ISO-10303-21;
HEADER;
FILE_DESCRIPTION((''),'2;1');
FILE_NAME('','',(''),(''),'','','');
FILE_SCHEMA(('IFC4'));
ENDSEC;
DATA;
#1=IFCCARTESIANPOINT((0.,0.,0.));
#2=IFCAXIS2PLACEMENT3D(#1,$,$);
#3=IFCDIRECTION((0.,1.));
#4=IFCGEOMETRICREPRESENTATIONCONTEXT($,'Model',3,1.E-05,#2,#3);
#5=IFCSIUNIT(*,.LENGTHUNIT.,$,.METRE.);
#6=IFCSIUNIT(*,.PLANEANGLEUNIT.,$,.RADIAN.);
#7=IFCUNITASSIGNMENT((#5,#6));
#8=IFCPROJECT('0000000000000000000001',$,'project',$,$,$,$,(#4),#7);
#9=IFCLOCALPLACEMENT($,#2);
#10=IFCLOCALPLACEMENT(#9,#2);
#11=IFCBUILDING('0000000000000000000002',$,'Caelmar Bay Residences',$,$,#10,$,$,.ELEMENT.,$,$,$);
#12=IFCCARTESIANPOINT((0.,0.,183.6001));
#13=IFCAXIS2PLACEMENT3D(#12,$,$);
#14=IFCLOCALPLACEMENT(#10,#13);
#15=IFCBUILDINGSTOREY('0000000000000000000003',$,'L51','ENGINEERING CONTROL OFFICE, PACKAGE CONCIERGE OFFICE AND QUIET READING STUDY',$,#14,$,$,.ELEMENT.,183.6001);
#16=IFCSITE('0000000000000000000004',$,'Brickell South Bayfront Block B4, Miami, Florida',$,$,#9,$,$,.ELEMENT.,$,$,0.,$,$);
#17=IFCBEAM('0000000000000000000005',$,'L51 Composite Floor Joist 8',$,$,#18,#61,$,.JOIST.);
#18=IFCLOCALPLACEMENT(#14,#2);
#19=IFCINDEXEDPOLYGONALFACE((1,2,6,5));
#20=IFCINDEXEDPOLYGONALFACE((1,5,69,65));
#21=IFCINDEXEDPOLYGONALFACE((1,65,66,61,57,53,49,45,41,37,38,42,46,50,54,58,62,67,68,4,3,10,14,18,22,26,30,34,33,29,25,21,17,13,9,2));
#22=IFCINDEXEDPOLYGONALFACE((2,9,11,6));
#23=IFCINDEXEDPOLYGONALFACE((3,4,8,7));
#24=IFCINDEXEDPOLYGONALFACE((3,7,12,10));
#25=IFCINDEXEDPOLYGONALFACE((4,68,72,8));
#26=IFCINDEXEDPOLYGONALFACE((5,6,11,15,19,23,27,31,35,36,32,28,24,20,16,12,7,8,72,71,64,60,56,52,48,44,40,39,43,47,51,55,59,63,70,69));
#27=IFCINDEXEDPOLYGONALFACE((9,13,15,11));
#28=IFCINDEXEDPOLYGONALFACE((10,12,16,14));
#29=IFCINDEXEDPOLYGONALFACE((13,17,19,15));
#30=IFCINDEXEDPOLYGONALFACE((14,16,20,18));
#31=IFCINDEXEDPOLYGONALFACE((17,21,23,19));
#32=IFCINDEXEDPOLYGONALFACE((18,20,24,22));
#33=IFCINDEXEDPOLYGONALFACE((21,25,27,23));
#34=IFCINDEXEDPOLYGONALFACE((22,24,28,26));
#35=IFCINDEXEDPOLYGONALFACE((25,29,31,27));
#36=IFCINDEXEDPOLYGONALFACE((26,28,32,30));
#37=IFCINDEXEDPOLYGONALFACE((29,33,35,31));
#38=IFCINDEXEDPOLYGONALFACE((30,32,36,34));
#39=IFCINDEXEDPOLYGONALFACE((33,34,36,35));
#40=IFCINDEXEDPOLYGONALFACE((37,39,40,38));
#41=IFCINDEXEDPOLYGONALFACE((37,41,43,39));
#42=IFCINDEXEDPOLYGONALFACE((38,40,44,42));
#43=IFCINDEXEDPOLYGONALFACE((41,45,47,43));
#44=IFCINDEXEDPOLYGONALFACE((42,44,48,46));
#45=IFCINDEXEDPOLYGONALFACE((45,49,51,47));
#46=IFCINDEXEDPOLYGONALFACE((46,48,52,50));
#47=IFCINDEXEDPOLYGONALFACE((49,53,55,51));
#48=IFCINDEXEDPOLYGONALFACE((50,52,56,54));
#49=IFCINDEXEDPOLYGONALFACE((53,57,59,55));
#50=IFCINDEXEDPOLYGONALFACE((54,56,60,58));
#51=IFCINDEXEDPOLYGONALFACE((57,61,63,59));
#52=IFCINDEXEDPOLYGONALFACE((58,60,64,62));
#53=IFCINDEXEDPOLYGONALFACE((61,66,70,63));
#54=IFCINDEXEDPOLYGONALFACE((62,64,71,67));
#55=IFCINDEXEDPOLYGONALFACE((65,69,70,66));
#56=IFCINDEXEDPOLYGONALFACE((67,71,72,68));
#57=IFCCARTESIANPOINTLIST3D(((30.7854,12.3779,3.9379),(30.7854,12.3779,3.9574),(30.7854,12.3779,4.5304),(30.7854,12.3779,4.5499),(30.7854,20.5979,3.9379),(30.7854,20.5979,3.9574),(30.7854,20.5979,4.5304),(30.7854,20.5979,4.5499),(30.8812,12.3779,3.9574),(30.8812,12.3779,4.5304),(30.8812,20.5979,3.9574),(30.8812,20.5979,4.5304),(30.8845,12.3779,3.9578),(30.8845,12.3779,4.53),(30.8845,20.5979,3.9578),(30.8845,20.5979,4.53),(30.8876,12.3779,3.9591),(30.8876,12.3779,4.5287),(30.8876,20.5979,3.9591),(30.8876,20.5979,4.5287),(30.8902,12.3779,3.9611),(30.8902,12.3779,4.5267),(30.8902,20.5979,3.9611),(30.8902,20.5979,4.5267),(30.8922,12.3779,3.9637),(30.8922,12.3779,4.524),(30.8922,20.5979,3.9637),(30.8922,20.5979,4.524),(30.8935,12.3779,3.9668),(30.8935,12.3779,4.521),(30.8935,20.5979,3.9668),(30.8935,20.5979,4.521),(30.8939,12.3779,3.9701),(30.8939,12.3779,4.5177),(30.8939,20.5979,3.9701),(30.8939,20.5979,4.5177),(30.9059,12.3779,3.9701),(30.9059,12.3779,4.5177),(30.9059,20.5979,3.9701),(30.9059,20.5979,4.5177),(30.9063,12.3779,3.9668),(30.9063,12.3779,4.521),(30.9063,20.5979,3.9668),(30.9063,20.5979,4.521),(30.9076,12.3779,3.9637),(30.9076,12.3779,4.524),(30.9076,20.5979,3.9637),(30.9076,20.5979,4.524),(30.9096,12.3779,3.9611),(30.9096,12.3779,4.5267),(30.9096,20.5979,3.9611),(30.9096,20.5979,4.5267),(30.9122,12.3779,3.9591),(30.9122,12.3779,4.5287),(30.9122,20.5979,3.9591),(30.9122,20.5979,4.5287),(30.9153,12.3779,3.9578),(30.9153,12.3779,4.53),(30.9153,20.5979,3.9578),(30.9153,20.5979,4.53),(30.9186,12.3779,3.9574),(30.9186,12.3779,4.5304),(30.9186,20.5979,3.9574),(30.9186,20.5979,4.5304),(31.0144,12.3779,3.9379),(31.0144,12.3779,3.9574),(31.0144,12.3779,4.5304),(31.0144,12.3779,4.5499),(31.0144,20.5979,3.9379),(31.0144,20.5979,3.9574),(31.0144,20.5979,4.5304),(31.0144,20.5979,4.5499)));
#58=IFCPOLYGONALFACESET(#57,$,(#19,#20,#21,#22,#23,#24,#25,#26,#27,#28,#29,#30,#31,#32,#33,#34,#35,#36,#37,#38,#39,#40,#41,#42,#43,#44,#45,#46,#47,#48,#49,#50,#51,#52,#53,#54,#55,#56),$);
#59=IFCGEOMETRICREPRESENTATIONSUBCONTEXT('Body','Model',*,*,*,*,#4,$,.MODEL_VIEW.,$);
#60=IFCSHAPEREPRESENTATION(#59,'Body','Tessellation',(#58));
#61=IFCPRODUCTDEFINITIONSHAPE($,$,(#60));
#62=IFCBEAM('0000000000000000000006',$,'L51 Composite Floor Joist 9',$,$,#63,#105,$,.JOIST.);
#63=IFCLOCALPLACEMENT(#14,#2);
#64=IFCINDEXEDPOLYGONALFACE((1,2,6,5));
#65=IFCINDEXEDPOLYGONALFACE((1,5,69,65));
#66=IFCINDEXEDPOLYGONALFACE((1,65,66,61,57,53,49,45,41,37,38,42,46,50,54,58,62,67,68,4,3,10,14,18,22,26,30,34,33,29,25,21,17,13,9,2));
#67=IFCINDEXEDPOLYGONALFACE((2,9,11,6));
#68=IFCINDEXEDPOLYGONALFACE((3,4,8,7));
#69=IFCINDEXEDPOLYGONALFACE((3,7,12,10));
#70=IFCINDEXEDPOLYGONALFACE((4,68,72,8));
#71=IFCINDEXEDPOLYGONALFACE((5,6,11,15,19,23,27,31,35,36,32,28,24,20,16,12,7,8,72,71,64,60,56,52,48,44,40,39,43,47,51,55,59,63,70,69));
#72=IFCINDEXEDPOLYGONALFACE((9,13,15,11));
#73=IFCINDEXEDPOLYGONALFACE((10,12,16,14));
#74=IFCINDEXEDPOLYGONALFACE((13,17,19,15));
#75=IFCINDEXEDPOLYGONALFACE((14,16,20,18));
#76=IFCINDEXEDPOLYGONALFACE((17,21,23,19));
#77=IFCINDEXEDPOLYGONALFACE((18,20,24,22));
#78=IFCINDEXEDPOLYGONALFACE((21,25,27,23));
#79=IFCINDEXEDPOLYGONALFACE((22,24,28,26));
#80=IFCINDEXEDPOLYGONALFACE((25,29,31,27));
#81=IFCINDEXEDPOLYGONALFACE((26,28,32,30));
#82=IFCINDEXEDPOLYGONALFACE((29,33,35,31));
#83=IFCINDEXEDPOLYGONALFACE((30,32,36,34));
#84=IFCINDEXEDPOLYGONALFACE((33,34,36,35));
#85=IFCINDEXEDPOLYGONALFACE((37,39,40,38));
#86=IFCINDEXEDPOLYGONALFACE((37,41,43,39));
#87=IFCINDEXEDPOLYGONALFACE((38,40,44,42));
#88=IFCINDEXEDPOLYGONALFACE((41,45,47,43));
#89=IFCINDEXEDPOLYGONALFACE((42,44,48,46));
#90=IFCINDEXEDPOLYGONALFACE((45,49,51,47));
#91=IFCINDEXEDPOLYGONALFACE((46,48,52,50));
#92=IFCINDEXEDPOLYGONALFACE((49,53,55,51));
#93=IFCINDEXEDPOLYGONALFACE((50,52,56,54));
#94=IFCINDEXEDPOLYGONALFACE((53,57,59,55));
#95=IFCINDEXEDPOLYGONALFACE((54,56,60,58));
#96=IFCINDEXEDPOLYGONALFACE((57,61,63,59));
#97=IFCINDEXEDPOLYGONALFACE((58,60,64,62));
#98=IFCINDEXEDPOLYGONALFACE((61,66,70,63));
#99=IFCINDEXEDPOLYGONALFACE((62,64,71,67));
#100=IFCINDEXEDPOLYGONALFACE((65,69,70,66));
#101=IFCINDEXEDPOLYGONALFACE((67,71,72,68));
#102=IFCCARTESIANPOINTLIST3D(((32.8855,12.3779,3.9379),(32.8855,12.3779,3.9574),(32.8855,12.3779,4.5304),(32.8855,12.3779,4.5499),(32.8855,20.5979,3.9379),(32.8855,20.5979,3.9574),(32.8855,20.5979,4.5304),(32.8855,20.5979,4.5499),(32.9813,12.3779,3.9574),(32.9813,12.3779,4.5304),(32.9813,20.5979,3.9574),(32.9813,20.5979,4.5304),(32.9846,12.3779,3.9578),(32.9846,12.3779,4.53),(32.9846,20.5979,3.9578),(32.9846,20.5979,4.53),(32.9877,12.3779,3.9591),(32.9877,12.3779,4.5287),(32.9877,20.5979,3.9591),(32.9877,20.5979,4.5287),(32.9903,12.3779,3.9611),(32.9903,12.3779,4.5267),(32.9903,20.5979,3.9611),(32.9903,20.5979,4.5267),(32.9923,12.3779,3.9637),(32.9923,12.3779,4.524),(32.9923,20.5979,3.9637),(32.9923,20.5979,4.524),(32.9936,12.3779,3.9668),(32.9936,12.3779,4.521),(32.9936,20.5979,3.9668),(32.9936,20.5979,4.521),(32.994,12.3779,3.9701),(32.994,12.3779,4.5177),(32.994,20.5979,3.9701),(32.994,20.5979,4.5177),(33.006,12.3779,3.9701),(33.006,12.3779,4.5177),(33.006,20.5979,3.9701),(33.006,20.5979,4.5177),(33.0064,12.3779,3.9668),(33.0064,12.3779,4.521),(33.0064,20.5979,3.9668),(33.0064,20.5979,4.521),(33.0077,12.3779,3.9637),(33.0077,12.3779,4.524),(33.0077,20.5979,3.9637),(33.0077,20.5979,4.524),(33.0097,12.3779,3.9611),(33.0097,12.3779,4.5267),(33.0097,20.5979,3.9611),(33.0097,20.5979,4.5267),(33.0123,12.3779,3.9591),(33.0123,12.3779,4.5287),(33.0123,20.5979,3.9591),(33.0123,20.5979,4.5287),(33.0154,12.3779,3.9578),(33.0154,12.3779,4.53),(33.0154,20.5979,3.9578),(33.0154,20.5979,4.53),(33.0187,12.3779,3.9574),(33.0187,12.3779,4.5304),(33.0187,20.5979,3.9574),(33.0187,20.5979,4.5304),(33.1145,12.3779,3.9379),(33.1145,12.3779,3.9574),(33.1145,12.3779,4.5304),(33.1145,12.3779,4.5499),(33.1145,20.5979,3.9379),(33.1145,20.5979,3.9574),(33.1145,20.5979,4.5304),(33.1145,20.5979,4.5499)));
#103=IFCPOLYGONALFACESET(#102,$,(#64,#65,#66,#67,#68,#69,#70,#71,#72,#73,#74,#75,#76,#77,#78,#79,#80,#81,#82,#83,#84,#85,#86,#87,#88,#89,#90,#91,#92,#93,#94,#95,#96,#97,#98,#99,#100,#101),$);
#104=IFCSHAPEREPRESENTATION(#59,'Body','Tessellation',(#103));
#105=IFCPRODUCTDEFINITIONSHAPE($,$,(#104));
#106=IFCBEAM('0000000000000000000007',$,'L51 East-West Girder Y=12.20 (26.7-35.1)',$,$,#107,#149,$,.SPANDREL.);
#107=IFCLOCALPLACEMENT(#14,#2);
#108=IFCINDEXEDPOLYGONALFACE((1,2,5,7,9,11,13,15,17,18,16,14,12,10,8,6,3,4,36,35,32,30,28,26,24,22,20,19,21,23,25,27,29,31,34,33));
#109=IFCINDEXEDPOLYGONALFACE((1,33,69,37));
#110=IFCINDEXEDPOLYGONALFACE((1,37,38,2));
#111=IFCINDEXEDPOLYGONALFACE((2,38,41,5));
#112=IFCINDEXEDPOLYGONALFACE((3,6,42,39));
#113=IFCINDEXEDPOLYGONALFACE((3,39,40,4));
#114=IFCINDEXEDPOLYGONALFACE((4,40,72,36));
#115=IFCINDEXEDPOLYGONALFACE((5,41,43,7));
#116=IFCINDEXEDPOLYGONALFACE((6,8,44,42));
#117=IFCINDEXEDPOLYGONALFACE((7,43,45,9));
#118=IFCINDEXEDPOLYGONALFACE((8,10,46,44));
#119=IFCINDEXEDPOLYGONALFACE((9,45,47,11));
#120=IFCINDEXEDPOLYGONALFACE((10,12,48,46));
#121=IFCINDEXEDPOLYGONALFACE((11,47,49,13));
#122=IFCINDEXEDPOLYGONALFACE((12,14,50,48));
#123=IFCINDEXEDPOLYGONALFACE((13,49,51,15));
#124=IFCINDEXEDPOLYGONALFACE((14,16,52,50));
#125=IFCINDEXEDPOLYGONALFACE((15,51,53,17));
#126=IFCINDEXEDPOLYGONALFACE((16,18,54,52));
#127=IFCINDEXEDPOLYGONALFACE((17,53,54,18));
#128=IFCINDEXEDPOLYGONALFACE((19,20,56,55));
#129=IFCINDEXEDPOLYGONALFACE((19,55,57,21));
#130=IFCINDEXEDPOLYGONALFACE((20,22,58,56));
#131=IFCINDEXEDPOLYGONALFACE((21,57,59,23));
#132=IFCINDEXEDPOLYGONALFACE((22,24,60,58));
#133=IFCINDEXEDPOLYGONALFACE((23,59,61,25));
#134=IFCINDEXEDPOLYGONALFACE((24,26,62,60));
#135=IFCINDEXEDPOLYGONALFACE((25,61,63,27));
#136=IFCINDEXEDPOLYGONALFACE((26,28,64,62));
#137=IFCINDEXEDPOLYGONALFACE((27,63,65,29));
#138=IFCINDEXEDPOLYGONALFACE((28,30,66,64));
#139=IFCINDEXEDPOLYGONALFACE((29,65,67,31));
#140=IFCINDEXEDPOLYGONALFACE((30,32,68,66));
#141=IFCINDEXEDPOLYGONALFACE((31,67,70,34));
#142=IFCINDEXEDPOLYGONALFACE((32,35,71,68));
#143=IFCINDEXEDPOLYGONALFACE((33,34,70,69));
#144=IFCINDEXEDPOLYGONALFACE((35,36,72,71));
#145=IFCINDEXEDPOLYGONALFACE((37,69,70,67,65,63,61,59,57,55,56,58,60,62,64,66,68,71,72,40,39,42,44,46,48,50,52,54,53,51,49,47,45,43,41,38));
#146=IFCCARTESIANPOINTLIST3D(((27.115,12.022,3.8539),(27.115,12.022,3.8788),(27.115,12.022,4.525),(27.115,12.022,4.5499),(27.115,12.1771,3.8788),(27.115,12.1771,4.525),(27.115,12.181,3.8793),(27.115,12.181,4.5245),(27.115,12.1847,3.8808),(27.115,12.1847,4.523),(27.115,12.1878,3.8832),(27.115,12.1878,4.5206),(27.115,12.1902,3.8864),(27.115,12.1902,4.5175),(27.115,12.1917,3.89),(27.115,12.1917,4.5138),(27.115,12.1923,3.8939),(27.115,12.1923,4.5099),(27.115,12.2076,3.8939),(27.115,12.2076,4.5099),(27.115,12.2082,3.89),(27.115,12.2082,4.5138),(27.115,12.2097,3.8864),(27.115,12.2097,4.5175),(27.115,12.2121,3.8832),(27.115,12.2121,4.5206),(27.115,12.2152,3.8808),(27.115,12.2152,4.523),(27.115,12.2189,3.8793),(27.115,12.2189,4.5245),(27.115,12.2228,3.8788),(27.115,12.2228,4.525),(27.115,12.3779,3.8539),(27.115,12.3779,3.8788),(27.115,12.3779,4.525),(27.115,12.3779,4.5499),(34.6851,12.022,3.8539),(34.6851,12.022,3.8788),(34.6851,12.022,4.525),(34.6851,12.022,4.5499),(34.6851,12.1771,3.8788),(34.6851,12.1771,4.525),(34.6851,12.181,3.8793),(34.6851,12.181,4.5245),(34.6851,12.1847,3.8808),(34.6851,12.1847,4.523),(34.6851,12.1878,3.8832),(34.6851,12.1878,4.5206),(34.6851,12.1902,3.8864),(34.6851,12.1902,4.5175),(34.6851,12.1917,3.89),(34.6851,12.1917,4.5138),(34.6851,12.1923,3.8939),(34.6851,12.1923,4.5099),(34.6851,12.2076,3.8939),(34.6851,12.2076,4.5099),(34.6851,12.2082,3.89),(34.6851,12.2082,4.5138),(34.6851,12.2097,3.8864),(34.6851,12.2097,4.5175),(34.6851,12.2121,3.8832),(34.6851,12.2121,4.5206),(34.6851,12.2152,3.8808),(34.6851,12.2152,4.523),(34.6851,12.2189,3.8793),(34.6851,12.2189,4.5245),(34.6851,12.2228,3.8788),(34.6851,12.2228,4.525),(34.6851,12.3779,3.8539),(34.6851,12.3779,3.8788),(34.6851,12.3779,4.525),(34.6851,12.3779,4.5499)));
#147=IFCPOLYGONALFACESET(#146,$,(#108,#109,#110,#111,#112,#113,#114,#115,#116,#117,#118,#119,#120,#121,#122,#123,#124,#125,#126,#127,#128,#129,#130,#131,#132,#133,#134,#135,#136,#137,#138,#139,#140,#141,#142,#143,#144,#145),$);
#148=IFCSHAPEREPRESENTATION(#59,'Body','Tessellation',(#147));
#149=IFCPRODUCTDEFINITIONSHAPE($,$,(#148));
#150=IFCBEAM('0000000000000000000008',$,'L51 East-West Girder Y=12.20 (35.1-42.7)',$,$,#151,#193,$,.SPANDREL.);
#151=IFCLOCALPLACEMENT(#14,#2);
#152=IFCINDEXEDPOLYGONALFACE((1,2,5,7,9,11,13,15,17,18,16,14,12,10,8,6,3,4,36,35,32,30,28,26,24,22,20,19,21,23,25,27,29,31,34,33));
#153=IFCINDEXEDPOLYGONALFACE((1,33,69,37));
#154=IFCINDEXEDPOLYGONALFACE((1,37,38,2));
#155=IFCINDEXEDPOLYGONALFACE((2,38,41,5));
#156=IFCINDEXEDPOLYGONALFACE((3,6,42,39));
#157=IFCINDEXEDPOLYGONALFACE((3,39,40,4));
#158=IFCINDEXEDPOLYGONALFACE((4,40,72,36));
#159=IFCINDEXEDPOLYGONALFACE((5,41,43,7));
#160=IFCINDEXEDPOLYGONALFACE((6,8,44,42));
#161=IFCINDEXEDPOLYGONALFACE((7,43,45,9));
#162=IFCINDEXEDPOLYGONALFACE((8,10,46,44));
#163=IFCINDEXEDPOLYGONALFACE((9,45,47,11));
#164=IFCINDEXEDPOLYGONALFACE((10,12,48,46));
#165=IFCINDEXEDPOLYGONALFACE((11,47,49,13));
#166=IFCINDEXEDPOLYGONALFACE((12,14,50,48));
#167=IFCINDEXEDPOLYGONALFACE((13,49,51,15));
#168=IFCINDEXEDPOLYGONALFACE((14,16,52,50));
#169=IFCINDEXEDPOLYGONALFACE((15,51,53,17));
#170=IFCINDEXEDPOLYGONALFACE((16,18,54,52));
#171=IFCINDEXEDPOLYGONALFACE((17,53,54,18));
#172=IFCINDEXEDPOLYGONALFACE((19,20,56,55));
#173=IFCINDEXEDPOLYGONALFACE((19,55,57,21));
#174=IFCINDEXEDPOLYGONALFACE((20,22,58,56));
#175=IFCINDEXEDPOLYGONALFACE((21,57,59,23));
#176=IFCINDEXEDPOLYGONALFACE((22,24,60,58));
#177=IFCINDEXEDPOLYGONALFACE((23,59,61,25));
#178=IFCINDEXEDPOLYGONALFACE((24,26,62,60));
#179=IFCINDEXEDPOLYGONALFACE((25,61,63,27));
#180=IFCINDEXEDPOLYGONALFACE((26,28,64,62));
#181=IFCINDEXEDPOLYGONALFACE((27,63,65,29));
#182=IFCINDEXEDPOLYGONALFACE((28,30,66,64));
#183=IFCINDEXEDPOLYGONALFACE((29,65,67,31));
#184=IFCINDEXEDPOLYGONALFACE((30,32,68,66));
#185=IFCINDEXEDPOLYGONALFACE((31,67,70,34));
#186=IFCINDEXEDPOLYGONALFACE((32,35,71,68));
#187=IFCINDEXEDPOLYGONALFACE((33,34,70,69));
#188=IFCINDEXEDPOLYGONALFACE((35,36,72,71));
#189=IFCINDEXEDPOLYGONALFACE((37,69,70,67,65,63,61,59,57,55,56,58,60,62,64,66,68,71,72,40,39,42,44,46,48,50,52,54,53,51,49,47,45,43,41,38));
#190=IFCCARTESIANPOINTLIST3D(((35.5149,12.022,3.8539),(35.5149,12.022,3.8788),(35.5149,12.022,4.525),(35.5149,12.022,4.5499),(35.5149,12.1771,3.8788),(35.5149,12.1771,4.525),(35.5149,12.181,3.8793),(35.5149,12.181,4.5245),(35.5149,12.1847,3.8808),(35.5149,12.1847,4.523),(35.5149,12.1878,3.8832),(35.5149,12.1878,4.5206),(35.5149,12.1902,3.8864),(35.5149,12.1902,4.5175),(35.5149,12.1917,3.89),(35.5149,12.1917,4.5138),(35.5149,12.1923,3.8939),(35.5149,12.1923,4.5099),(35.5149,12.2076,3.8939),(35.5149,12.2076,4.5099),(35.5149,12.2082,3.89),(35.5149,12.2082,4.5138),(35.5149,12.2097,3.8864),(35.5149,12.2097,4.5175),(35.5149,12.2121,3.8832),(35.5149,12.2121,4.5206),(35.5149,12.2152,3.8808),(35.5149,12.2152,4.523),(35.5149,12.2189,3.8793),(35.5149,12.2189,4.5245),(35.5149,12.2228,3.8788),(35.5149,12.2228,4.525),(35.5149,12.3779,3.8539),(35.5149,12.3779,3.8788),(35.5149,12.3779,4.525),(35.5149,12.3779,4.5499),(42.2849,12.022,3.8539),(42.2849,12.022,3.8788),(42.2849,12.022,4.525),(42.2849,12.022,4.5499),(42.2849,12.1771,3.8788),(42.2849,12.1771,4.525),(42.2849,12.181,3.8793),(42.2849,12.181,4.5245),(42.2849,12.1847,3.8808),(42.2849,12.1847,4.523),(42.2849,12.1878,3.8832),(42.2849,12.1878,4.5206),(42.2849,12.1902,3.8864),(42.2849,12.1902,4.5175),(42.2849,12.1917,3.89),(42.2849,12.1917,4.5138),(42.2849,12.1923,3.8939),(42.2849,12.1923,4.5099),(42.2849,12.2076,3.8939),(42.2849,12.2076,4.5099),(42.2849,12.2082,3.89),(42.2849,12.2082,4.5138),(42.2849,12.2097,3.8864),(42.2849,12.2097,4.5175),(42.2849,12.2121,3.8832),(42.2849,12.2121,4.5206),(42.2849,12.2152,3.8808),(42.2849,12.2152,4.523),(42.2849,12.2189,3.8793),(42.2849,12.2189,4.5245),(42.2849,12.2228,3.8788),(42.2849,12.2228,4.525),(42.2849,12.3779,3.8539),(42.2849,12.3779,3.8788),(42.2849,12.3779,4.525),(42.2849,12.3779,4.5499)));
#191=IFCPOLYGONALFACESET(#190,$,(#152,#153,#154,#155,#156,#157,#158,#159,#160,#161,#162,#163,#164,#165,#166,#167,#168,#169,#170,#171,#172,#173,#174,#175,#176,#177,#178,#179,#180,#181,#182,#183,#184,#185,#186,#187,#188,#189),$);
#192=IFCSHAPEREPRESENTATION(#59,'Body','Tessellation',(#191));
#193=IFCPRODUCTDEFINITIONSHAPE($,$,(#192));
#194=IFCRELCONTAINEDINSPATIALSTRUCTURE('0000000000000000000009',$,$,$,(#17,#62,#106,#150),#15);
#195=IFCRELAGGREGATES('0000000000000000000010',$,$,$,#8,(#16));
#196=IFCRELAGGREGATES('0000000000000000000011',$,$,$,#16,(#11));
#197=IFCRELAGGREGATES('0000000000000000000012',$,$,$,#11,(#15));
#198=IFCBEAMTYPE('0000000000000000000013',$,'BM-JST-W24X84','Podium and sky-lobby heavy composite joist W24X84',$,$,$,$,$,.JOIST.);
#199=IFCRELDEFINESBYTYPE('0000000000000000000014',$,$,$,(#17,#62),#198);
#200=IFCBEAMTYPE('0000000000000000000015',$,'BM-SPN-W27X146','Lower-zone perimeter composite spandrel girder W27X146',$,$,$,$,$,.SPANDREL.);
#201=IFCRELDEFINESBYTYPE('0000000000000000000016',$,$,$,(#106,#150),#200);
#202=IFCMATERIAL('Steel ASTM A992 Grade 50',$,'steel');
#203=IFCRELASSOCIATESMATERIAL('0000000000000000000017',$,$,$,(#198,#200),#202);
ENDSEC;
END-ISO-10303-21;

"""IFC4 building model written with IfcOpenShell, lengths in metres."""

from ifc_helpers import new_model, si_unit, direction, frame, origin, origin_2d, place, context, subcontext, project, spatial, i_section, extrude, material, material_profile, profile_set, type_object, element, save


model = new_model("IFC4")

# Units and contexts
model_context = context("Model", 3, precision=1e-05, world=origin(), true_north=direction((0.0, 1.0)))
body_context = subcontext(model_context, "Body", "Model", "MODEL_VIEW")
ifc_project = project(units=[si_unit("LENGTHUNIT", "METRE"), si_unit("PLANEANGLEUNIT", "RADIAN")], contexts=[model_context])

# Site, building, storey
site_placement = place(None, origin())
site = spatial("IfcSite", under=ifc_project, at=site_placement, Name="Brickell South Bayfront Block B4, Miami, Florida", CompositionType="ELEMENT", RefElevation=0.0)
building_placement = place(site_placement, origin())
building = spatial("IfcBuilding", under=site, at=building_placement, Name="Caelmar Bay Residences", CompositionType="ELEMENT")
storey_placement = place(building_placement, frame((0.0, 0.0, 183.6001)))
storey = spatial("IfcBuildingStorey", under=building, at=storey_placement, Name="L51", Description="ENGINEERING CONTROL OFFICE, PACKAGE CONCIERGE OFFICE AND QUIET READING STUDY", CompositionType="ELEMENT", Elevation=183.6001)

# Beams
ifc_material_1 = material(Name="Steel ASTM A992 Grade 50", Category="steel")
ifc_material_profile_1 = material_profile(ifc_material_1, i_section(OverallWidth=0.229, OverallDepth=0.6121, WebThickness=0.012, FlangeThickness=0.0195, FilletRadius=0.0127, at=origin_2d()), Name="W24X84")
ifc_profile_set_1 = profile_set([ifc_material_profile_1], Name="Steel ASTM A992 Grade 50")
beam_type_1 = type_object("IfcBeamType", Name="BM-JST-W24X84", Description="Podium and sky-lobby heavy composite joist W24X84", PredefinedType="JOIST", material=ifc_profile_set_1)
for number, where, z_axis, x_axis, name in (
    (1, (30.8999, 12.3779, 4.2439), (0.0, 1.0, 0.0), (-1.0, 0.0, 0.0), "L51 Composite Floor Joist 8"),
    (2, (33.0, 12.3779, 4.2439), (0.0, 1.0, 0.0), (-1.0, 0.0, 0.0), "L51 Composite Floor Joist 9"),
):
    element("IfcBeam", number, at=place(storey_placement, frame(where, z_axis=z_axis, x_axis=x_axis)), inside=storey, type_object=beam_type_1, Name=name, PredefinedType="JOIST", context=body_context, shape_type="SweptSolid", body=[
        extrude(i_section(OverallWidth=0.229, OverallDepth=0.6121, WebThickness=0.012, FlangeThickness=0.0195, FilletRadius=0.0127, at=origin_2d()), origin(), (0.0, 0.0, 1.0), 8.22),
    ])
ifc_material_profile_2 = material_profile(ifc_material_1, i_section(OverallWidth=0.356, OverallDepth=0.696, WebThickness=0.0154, FlangeThickness=0.0249, FilletRadius=0.0151, at=origin_2d()), Name="W27X146")
ifc_profile_set_2 = profile_set([ifc_material_profile_2], Name="Steel ASTM A992 Grade 50")
beam_type_2 = type_object("IfcBeamType", Name="BM-SPN-W27X146", Description="Lower-zone perimeter composite spandrel girder W27X146", PredefinedType="SPANDREL", material=ifc_profile_set_2)
beam_1_placement = place(storey_placement, frame((27.115, 12.2, 4.2019), z_axis=(1.0, 0.0, 0.0), x_axis=(0.0, 1.0, 0.0)))
element("IfcBeam", 3, at=beam_1_placement, inside=storey, type_object=beam_type_2, Name="L51 East-West Girder Y=12.20 (26.7-35.1)", PredefinedType="SPANDREL", context=body_context, shape_type="SweptSolid", body=[
    extrude(i_section(OverallWidth=0.356, OverallDepth=0.696, WebThickness=0.0154, FlangeThickness=0.0249, FilletRadius=0.0151, at=origin_2d()), origin(), (0.0, 0.0, 1.0), 7.5701),
])
beam_2_placement = place(storey_placement, frame((35.5149, 12.2, 4.2019), z_axis=(1.0, 0.0, 0.0), x_axis=(0.0, 1.0, 0.0)))
element("IfcBeam", 4, at=beam_2_placement, inside=storey, type_object=beam_type_2, Name="L51 East-West Girder Y=12.20 (35.1-42.7)", PredefinedType="SPANDREL", context=body_context, shape_type="SweptSolid", body=[
    extrude(i_section(OverallWidth=0.356, OverallDepth=0.696, WebThickness=0.0154, FlangeThickness=0.0249, FilletRadius=0.0151, at=origin_2d()), origin(), (0.0, 0.0, 1.0), 6.77),
])

save(model, "model.ifc")
